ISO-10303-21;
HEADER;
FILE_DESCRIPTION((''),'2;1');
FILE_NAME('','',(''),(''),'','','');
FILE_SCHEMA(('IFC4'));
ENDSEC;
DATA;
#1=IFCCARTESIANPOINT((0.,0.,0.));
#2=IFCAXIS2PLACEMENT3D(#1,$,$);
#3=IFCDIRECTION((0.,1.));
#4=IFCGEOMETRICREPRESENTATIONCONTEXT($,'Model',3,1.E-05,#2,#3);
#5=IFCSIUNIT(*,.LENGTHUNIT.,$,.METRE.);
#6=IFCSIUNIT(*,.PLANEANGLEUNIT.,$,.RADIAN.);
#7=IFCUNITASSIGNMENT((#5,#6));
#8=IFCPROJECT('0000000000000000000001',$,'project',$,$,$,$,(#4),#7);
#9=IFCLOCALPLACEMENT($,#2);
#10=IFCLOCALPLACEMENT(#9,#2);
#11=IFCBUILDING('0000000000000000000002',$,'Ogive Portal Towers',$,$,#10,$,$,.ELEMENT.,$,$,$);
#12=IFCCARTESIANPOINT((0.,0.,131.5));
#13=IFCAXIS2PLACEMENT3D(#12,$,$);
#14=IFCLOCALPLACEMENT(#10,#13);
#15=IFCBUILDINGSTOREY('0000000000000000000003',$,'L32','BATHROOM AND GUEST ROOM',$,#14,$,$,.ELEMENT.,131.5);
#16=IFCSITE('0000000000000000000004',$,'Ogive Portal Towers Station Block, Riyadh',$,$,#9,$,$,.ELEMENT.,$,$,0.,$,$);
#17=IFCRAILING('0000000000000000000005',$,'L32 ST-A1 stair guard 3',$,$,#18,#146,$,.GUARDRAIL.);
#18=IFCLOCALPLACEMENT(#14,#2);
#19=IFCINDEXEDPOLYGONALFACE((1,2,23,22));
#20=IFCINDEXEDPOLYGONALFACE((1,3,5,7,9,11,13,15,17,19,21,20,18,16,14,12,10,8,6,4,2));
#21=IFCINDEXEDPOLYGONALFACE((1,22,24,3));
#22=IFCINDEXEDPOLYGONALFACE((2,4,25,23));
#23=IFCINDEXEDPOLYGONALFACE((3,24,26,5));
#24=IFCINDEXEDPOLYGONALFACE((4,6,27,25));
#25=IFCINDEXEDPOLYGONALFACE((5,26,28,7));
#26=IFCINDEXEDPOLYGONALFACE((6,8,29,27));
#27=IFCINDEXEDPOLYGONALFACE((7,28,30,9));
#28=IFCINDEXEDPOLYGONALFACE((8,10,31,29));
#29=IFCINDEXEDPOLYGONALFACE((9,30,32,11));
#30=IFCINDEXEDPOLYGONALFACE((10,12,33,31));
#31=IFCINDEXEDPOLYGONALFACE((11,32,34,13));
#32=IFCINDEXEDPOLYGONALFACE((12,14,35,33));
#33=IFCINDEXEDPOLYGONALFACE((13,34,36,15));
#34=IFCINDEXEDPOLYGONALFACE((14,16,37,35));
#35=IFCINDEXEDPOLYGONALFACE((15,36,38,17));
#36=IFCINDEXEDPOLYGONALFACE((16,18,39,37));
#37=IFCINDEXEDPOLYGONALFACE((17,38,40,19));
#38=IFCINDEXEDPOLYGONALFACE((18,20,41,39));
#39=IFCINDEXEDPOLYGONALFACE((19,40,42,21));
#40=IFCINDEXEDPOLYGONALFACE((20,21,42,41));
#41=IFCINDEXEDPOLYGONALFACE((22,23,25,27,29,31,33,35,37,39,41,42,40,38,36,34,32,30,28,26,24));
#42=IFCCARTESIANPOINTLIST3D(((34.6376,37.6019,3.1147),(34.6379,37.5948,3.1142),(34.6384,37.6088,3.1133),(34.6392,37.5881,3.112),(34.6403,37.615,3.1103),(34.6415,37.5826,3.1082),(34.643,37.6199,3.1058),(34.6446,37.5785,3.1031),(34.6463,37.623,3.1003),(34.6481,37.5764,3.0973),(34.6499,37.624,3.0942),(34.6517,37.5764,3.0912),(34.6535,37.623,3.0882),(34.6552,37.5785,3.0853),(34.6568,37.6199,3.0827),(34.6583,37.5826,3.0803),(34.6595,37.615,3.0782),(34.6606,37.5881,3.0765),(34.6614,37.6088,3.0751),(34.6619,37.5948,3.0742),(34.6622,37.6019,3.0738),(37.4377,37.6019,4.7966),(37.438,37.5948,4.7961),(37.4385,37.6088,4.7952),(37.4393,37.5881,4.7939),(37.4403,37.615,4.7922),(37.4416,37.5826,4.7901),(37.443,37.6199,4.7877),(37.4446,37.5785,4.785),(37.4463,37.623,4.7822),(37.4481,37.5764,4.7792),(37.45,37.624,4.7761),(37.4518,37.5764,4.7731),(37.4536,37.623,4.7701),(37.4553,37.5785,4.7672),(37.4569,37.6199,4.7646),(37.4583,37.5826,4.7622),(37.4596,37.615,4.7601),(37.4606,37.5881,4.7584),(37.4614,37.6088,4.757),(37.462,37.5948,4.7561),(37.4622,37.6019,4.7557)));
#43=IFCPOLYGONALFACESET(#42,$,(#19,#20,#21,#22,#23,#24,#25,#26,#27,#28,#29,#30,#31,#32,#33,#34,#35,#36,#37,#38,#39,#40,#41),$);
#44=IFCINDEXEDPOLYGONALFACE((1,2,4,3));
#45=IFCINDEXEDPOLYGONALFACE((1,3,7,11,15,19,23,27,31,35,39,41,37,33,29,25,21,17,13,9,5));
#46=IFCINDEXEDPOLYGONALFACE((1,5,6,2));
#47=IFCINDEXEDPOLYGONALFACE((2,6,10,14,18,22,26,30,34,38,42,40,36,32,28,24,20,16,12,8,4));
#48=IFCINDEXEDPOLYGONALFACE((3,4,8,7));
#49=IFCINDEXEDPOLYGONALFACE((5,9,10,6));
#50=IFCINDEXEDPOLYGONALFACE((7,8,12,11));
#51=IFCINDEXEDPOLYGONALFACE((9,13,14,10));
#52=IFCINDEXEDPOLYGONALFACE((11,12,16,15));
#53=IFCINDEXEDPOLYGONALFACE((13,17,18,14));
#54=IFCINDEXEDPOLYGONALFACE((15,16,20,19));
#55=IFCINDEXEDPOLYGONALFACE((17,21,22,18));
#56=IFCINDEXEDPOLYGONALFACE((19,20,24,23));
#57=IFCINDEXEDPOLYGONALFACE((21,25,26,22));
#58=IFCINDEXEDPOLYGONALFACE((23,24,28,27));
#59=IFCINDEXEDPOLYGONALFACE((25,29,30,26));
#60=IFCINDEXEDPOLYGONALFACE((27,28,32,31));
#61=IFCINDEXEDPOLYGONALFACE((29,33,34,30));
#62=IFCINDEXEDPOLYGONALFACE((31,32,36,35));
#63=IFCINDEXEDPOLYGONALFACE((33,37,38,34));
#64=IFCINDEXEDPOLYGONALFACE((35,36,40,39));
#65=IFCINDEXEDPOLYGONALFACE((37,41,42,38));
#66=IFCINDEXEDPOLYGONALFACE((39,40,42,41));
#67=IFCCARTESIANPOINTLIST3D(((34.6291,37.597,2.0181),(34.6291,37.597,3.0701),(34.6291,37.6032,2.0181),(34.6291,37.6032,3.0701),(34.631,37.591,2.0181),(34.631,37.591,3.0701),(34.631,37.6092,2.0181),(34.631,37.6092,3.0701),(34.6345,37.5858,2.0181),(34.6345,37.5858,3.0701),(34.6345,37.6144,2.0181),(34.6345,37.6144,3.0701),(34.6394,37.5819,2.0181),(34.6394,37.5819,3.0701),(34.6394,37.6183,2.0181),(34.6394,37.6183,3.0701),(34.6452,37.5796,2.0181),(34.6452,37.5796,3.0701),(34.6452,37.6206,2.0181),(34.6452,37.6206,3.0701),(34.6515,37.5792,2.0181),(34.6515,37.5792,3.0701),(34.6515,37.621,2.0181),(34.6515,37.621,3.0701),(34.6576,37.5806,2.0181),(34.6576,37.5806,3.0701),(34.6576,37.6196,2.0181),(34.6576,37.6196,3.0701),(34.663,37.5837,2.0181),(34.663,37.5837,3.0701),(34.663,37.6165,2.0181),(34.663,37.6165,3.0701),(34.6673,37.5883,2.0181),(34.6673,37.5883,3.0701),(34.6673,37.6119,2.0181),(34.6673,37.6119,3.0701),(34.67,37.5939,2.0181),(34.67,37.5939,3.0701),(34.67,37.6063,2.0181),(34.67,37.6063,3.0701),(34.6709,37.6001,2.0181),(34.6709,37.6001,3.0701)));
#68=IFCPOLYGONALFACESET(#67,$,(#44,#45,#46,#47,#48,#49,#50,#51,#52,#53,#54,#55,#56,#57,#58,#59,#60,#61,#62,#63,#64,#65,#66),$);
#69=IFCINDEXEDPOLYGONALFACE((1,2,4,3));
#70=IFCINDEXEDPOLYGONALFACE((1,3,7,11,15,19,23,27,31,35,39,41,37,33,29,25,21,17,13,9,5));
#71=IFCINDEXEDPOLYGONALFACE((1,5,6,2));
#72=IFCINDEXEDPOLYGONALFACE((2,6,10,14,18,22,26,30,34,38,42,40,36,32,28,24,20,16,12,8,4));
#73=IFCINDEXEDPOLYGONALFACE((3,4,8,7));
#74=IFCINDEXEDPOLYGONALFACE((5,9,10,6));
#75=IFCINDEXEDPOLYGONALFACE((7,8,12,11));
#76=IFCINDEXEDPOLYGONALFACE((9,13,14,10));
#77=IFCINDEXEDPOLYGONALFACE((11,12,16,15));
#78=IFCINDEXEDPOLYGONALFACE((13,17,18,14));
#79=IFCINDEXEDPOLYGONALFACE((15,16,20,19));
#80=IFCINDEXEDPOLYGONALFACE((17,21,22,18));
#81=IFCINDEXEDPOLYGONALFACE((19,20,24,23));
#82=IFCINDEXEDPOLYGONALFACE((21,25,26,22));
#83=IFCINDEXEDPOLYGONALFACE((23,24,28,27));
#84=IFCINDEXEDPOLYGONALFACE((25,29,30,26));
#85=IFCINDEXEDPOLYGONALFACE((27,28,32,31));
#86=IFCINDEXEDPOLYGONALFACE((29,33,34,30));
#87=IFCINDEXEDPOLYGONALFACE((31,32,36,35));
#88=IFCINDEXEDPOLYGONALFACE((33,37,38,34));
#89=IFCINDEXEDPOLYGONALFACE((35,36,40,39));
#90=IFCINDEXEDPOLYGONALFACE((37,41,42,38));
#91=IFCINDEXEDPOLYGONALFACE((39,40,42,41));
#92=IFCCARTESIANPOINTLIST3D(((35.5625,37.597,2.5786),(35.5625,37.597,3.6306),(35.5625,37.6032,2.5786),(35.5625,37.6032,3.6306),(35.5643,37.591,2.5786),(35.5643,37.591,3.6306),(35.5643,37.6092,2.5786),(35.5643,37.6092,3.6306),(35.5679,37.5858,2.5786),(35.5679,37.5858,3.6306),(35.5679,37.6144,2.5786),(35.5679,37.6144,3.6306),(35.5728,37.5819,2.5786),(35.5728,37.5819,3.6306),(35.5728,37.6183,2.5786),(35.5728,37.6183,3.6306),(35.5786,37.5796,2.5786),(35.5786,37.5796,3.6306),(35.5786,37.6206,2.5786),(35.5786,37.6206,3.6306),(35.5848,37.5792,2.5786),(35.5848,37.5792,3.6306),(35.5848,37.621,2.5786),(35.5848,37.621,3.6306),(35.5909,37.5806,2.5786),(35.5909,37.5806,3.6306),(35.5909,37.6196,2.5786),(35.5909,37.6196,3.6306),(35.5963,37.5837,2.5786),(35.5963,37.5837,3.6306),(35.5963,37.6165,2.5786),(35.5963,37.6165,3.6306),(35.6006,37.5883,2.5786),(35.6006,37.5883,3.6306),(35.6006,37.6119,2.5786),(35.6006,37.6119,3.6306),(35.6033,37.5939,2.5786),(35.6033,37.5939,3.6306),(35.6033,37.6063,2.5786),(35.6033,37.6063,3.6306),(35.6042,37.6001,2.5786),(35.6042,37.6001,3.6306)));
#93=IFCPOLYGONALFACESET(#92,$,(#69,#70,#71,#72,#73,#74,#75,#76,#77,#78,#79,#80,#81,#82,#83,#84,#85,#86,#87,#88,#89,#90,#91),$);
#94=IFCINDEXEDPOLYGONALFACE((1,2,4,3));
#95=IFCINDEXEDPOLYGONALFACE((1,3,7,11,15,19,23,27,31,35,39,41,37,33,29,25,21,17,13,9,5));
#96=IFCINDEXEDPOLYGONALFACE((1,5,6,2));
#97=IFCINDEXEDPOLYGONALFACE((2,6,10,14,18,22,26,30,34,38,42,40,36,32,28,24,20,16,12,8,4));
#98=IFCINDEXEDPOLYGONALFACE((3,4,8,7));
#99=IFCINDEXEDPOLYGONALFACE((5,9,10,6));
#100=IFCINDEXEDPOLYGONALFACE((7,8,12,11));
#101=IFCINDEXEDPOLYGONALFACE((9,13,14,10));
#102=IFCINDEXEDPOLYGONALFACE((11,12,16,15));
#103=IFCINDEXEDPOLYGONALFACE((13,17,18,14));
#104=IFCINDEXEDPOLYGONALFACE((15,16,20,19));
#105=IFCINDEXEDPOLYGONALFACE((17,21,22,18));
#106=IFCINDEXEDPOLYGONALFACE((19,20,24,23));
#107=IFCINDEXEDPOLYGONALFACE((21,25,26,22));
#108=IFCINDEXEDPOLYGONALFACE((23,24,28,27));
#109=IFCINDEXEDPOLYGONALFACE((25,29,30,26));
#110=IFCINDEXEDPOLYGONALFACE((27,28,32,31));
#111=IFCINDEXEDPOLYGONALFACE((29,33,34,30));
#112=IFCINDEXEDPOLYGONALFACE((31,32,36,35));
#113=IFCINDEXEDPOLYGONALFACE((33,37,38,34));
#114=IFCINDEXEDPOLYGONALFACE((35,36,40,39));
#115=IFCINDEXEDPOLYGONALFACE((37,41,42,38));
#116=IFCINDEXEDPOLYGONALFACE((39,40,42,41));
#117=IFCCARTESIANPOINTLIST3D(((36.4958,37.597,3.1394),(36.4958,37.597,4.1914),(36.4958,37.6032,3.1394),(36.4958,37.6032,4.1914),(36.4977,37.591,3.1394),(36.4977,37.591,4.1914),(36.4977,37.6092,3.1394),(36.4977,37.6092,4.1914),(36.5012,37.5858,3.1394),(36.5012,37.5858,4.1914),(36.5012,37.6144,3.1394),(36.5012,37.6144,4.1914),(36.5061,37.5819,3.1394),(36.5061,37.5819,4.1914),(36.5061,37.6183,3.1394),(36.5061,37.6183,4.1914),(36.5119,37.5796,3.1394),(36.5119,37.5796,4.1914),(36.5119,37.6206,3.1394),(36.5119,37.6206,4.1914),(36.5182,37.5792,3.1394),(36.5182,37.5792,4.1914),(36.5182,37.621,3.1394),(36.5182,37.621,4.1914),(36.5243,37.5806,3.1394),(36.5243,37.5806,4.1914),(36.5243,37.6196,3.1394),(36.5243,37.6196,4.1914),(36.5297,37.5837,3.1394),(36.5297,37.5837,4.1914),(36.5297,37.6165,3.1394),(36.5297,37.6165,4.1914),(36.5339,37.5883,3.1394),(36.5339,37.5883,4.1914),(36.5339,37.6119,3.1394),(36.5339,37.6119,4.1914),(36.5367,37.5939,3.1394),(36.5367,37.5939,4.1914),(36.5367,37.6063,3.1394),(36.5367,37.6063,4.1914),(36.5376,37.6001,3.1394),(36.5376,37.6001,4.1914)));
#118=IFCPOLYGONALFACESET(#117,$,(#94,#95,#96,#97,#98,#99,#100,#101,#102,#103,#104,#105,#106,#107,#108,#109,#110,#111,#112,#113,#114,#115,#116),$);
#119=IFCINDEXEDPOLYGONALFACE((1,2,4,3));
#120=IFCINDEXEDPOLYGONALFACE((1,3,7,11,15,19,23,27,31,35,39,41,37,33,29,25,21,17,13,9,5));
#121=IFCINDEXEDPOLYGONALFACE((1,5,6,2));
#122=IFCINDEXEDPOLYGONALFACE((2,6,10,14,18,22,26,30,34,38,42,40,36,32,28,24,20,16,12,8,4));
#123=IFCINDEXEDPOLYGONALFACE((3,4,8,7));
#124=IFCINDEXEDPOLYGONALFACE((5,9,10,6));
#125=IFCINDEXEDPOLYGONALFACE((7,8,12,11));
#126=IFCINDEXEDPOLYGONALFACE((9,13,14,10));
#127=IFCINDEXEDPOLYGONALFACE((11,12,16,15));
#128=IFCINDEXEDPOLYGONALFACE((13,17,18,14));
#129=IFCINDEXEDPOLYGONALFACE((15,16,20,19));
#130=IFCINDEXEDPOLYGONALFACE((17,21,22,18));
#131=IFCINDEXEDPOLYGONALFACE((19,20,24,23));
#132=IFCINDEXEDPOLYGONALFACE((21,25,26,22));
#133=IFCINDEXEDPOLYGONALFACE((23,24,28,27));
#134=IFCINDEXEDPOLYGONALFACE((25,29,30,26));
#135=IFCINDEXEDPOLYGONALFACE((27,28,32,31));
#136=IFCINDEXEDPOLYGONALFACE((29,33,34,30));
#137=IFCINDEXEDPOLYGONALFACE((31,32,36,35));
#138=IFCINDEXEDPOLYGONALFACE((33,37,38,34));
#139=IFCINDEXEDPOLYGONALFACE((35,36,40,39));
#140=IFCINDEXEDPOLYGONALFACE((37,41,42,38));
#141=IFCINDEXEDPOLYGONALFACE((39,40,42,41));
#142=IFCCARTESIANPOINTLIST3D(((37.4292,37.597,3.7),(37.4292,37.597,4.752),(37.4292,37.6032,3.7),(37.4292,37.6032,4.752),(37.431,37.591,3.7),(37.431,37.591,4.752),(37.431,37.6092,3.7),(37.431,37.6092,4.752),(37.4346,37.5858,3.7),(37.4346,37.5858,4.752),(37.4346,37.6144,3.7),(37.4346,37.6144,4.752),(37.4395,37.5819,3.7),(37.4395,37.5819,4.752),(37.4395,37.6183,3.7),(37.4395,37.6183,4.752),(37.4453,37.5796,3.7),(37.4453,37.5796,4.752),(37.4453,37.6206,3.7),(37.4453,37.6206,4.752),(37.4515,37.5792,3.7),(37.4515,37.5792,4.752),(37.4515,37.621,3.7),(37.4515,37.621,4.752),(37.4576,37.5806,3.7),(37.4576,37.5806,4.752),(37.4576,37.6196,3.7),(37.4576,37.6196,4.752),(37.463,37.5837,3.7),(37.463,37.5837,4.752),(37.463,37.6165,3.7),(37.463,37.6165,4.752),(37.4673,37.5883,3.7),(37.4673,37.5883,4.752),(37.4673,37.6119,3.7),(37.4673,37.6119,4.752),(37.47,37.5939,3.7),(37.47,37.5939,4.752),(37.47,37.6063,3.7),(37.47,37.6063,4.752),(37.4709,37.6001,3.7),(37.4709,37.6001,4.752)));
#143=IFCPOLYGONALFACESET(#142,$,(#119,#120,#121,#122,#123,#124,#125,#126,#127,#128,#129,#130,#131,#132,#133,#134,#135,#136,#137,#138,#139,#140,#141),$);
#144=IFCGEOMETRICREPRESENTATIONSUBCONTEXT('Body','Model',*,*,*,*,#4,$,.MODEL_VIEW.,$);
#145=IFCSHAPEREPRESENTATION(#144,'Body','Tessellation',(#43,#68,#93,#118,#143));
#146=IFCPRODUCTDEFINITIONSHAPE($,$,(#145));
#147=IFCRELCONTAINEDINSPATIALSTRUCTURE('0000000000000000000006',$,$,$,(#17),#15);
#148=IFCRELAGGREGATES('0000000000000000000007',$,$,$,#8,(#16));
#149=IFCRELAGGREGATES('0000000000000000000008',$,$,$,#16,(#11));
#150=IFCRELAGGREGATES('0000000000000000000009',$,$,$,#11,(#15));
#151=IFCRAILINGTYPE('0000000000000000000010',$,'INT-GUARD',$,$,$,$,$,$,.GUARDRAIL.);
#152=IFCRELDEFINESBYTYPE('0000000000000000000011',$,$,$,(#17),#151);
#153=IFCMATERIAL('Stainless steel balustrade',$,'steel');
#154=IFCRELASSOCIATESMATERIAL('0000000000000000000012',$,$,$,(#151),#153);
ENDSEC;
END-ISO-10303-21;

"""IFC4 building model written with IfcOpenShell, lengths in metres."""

from ifc_helpers import new_model, si_unit, direction, frame, origin, origin_2d, place, context, subcontext, project, spatial, circle, extrude, material, type_object, element, save


model = new_model("IFC4")

# Units and contexts
model_context = context("Model", 3, precision=1e-05, world=origin(), true_north=direction((0.0, 1.0)))
body_context = subcontext(model_context, "Body", "Model", "MODEL_VIEW")
ifc_project = project(units=[si_unit("LENGTHUNIT", "METRE"), si_unit("PLANEANGLEUNIT", "RADIAN")], contexts=[model_context])

# Site, building, storey
site_placement = place(None, origin())
site = spatial("IfcSite", under=ifc_project, at=site_placement, Name="Ogive Portal Towers Station Block, Riyadh", CompositionType="ELEMENT", RefElevation=0.0)
building_placement = place(site_placement, origin())
building = spatial("IfcBuilding", under=site, at=building_placement, Name="Ogive Portal Towers", CompositionType="ELEMENT")
storey_placement = place(building_placement, frame((0.0, 0.0, 131.5)))
storey = spatial("IfcBuildingStorey", under=building, at=storey_placement, Name="L32", Description="BATHROOM AND GUEST ROOM", CompositionType="ELEMENT", Elevation=131.5)

# Railing
ifc_material_1 = material(Name="Stainless steel balustrade", Category="steel")
railing_type_1 = type_object("IfcRailingType", Name="INT-GUARD", PredefinedType="GUARDRAIL", material=ifc_material_1)
railing_1_placement = place(storey_placement, frame((34.6499, 37.6001, 2.0181)))
element("IfcRailing", 1, at=railing_1_placement, inside=storey, type_object=railing_type_1, Name="L32 ST-A1 stair guard 3", PredefinedType="GUARDRAIL", context=body_context, shape_type="SweptSolid", body=[
    extrude(circle(Radius=0.0239, at=origin_2d()), frame((0.0, 0.0, 1.0762), z_axis=(0.857242, 0.0, 0.514913), x_axis=(0.0, 1.0, 0.0)), (0.0, 0.0, 1.0), 3.2664),
    extrude(circle(Radius=0.021, at=origin_2d()), origin(), (0.0, 0.0, 1.0), 1.052),
    extrude(circle(Radius=0.021, at=origin_2d()), frame((0.9333, 0.0, 0.5605)), (0.0, 0.0, 1.0), 1.052),
    extrude(circle(Radius=0.021, at=origin_2d()), frame((1.8667, 0.0, 1.1213)), (0.0, 0.0, 1.0), 1.052),
    extrude(circle(Radius=0.021, at=origin_2d()), frame((2.8, 0.0, 1.6819)), (0.0, 0.0, 1.0), 1.052),
])

save(model, "model.ifc")
